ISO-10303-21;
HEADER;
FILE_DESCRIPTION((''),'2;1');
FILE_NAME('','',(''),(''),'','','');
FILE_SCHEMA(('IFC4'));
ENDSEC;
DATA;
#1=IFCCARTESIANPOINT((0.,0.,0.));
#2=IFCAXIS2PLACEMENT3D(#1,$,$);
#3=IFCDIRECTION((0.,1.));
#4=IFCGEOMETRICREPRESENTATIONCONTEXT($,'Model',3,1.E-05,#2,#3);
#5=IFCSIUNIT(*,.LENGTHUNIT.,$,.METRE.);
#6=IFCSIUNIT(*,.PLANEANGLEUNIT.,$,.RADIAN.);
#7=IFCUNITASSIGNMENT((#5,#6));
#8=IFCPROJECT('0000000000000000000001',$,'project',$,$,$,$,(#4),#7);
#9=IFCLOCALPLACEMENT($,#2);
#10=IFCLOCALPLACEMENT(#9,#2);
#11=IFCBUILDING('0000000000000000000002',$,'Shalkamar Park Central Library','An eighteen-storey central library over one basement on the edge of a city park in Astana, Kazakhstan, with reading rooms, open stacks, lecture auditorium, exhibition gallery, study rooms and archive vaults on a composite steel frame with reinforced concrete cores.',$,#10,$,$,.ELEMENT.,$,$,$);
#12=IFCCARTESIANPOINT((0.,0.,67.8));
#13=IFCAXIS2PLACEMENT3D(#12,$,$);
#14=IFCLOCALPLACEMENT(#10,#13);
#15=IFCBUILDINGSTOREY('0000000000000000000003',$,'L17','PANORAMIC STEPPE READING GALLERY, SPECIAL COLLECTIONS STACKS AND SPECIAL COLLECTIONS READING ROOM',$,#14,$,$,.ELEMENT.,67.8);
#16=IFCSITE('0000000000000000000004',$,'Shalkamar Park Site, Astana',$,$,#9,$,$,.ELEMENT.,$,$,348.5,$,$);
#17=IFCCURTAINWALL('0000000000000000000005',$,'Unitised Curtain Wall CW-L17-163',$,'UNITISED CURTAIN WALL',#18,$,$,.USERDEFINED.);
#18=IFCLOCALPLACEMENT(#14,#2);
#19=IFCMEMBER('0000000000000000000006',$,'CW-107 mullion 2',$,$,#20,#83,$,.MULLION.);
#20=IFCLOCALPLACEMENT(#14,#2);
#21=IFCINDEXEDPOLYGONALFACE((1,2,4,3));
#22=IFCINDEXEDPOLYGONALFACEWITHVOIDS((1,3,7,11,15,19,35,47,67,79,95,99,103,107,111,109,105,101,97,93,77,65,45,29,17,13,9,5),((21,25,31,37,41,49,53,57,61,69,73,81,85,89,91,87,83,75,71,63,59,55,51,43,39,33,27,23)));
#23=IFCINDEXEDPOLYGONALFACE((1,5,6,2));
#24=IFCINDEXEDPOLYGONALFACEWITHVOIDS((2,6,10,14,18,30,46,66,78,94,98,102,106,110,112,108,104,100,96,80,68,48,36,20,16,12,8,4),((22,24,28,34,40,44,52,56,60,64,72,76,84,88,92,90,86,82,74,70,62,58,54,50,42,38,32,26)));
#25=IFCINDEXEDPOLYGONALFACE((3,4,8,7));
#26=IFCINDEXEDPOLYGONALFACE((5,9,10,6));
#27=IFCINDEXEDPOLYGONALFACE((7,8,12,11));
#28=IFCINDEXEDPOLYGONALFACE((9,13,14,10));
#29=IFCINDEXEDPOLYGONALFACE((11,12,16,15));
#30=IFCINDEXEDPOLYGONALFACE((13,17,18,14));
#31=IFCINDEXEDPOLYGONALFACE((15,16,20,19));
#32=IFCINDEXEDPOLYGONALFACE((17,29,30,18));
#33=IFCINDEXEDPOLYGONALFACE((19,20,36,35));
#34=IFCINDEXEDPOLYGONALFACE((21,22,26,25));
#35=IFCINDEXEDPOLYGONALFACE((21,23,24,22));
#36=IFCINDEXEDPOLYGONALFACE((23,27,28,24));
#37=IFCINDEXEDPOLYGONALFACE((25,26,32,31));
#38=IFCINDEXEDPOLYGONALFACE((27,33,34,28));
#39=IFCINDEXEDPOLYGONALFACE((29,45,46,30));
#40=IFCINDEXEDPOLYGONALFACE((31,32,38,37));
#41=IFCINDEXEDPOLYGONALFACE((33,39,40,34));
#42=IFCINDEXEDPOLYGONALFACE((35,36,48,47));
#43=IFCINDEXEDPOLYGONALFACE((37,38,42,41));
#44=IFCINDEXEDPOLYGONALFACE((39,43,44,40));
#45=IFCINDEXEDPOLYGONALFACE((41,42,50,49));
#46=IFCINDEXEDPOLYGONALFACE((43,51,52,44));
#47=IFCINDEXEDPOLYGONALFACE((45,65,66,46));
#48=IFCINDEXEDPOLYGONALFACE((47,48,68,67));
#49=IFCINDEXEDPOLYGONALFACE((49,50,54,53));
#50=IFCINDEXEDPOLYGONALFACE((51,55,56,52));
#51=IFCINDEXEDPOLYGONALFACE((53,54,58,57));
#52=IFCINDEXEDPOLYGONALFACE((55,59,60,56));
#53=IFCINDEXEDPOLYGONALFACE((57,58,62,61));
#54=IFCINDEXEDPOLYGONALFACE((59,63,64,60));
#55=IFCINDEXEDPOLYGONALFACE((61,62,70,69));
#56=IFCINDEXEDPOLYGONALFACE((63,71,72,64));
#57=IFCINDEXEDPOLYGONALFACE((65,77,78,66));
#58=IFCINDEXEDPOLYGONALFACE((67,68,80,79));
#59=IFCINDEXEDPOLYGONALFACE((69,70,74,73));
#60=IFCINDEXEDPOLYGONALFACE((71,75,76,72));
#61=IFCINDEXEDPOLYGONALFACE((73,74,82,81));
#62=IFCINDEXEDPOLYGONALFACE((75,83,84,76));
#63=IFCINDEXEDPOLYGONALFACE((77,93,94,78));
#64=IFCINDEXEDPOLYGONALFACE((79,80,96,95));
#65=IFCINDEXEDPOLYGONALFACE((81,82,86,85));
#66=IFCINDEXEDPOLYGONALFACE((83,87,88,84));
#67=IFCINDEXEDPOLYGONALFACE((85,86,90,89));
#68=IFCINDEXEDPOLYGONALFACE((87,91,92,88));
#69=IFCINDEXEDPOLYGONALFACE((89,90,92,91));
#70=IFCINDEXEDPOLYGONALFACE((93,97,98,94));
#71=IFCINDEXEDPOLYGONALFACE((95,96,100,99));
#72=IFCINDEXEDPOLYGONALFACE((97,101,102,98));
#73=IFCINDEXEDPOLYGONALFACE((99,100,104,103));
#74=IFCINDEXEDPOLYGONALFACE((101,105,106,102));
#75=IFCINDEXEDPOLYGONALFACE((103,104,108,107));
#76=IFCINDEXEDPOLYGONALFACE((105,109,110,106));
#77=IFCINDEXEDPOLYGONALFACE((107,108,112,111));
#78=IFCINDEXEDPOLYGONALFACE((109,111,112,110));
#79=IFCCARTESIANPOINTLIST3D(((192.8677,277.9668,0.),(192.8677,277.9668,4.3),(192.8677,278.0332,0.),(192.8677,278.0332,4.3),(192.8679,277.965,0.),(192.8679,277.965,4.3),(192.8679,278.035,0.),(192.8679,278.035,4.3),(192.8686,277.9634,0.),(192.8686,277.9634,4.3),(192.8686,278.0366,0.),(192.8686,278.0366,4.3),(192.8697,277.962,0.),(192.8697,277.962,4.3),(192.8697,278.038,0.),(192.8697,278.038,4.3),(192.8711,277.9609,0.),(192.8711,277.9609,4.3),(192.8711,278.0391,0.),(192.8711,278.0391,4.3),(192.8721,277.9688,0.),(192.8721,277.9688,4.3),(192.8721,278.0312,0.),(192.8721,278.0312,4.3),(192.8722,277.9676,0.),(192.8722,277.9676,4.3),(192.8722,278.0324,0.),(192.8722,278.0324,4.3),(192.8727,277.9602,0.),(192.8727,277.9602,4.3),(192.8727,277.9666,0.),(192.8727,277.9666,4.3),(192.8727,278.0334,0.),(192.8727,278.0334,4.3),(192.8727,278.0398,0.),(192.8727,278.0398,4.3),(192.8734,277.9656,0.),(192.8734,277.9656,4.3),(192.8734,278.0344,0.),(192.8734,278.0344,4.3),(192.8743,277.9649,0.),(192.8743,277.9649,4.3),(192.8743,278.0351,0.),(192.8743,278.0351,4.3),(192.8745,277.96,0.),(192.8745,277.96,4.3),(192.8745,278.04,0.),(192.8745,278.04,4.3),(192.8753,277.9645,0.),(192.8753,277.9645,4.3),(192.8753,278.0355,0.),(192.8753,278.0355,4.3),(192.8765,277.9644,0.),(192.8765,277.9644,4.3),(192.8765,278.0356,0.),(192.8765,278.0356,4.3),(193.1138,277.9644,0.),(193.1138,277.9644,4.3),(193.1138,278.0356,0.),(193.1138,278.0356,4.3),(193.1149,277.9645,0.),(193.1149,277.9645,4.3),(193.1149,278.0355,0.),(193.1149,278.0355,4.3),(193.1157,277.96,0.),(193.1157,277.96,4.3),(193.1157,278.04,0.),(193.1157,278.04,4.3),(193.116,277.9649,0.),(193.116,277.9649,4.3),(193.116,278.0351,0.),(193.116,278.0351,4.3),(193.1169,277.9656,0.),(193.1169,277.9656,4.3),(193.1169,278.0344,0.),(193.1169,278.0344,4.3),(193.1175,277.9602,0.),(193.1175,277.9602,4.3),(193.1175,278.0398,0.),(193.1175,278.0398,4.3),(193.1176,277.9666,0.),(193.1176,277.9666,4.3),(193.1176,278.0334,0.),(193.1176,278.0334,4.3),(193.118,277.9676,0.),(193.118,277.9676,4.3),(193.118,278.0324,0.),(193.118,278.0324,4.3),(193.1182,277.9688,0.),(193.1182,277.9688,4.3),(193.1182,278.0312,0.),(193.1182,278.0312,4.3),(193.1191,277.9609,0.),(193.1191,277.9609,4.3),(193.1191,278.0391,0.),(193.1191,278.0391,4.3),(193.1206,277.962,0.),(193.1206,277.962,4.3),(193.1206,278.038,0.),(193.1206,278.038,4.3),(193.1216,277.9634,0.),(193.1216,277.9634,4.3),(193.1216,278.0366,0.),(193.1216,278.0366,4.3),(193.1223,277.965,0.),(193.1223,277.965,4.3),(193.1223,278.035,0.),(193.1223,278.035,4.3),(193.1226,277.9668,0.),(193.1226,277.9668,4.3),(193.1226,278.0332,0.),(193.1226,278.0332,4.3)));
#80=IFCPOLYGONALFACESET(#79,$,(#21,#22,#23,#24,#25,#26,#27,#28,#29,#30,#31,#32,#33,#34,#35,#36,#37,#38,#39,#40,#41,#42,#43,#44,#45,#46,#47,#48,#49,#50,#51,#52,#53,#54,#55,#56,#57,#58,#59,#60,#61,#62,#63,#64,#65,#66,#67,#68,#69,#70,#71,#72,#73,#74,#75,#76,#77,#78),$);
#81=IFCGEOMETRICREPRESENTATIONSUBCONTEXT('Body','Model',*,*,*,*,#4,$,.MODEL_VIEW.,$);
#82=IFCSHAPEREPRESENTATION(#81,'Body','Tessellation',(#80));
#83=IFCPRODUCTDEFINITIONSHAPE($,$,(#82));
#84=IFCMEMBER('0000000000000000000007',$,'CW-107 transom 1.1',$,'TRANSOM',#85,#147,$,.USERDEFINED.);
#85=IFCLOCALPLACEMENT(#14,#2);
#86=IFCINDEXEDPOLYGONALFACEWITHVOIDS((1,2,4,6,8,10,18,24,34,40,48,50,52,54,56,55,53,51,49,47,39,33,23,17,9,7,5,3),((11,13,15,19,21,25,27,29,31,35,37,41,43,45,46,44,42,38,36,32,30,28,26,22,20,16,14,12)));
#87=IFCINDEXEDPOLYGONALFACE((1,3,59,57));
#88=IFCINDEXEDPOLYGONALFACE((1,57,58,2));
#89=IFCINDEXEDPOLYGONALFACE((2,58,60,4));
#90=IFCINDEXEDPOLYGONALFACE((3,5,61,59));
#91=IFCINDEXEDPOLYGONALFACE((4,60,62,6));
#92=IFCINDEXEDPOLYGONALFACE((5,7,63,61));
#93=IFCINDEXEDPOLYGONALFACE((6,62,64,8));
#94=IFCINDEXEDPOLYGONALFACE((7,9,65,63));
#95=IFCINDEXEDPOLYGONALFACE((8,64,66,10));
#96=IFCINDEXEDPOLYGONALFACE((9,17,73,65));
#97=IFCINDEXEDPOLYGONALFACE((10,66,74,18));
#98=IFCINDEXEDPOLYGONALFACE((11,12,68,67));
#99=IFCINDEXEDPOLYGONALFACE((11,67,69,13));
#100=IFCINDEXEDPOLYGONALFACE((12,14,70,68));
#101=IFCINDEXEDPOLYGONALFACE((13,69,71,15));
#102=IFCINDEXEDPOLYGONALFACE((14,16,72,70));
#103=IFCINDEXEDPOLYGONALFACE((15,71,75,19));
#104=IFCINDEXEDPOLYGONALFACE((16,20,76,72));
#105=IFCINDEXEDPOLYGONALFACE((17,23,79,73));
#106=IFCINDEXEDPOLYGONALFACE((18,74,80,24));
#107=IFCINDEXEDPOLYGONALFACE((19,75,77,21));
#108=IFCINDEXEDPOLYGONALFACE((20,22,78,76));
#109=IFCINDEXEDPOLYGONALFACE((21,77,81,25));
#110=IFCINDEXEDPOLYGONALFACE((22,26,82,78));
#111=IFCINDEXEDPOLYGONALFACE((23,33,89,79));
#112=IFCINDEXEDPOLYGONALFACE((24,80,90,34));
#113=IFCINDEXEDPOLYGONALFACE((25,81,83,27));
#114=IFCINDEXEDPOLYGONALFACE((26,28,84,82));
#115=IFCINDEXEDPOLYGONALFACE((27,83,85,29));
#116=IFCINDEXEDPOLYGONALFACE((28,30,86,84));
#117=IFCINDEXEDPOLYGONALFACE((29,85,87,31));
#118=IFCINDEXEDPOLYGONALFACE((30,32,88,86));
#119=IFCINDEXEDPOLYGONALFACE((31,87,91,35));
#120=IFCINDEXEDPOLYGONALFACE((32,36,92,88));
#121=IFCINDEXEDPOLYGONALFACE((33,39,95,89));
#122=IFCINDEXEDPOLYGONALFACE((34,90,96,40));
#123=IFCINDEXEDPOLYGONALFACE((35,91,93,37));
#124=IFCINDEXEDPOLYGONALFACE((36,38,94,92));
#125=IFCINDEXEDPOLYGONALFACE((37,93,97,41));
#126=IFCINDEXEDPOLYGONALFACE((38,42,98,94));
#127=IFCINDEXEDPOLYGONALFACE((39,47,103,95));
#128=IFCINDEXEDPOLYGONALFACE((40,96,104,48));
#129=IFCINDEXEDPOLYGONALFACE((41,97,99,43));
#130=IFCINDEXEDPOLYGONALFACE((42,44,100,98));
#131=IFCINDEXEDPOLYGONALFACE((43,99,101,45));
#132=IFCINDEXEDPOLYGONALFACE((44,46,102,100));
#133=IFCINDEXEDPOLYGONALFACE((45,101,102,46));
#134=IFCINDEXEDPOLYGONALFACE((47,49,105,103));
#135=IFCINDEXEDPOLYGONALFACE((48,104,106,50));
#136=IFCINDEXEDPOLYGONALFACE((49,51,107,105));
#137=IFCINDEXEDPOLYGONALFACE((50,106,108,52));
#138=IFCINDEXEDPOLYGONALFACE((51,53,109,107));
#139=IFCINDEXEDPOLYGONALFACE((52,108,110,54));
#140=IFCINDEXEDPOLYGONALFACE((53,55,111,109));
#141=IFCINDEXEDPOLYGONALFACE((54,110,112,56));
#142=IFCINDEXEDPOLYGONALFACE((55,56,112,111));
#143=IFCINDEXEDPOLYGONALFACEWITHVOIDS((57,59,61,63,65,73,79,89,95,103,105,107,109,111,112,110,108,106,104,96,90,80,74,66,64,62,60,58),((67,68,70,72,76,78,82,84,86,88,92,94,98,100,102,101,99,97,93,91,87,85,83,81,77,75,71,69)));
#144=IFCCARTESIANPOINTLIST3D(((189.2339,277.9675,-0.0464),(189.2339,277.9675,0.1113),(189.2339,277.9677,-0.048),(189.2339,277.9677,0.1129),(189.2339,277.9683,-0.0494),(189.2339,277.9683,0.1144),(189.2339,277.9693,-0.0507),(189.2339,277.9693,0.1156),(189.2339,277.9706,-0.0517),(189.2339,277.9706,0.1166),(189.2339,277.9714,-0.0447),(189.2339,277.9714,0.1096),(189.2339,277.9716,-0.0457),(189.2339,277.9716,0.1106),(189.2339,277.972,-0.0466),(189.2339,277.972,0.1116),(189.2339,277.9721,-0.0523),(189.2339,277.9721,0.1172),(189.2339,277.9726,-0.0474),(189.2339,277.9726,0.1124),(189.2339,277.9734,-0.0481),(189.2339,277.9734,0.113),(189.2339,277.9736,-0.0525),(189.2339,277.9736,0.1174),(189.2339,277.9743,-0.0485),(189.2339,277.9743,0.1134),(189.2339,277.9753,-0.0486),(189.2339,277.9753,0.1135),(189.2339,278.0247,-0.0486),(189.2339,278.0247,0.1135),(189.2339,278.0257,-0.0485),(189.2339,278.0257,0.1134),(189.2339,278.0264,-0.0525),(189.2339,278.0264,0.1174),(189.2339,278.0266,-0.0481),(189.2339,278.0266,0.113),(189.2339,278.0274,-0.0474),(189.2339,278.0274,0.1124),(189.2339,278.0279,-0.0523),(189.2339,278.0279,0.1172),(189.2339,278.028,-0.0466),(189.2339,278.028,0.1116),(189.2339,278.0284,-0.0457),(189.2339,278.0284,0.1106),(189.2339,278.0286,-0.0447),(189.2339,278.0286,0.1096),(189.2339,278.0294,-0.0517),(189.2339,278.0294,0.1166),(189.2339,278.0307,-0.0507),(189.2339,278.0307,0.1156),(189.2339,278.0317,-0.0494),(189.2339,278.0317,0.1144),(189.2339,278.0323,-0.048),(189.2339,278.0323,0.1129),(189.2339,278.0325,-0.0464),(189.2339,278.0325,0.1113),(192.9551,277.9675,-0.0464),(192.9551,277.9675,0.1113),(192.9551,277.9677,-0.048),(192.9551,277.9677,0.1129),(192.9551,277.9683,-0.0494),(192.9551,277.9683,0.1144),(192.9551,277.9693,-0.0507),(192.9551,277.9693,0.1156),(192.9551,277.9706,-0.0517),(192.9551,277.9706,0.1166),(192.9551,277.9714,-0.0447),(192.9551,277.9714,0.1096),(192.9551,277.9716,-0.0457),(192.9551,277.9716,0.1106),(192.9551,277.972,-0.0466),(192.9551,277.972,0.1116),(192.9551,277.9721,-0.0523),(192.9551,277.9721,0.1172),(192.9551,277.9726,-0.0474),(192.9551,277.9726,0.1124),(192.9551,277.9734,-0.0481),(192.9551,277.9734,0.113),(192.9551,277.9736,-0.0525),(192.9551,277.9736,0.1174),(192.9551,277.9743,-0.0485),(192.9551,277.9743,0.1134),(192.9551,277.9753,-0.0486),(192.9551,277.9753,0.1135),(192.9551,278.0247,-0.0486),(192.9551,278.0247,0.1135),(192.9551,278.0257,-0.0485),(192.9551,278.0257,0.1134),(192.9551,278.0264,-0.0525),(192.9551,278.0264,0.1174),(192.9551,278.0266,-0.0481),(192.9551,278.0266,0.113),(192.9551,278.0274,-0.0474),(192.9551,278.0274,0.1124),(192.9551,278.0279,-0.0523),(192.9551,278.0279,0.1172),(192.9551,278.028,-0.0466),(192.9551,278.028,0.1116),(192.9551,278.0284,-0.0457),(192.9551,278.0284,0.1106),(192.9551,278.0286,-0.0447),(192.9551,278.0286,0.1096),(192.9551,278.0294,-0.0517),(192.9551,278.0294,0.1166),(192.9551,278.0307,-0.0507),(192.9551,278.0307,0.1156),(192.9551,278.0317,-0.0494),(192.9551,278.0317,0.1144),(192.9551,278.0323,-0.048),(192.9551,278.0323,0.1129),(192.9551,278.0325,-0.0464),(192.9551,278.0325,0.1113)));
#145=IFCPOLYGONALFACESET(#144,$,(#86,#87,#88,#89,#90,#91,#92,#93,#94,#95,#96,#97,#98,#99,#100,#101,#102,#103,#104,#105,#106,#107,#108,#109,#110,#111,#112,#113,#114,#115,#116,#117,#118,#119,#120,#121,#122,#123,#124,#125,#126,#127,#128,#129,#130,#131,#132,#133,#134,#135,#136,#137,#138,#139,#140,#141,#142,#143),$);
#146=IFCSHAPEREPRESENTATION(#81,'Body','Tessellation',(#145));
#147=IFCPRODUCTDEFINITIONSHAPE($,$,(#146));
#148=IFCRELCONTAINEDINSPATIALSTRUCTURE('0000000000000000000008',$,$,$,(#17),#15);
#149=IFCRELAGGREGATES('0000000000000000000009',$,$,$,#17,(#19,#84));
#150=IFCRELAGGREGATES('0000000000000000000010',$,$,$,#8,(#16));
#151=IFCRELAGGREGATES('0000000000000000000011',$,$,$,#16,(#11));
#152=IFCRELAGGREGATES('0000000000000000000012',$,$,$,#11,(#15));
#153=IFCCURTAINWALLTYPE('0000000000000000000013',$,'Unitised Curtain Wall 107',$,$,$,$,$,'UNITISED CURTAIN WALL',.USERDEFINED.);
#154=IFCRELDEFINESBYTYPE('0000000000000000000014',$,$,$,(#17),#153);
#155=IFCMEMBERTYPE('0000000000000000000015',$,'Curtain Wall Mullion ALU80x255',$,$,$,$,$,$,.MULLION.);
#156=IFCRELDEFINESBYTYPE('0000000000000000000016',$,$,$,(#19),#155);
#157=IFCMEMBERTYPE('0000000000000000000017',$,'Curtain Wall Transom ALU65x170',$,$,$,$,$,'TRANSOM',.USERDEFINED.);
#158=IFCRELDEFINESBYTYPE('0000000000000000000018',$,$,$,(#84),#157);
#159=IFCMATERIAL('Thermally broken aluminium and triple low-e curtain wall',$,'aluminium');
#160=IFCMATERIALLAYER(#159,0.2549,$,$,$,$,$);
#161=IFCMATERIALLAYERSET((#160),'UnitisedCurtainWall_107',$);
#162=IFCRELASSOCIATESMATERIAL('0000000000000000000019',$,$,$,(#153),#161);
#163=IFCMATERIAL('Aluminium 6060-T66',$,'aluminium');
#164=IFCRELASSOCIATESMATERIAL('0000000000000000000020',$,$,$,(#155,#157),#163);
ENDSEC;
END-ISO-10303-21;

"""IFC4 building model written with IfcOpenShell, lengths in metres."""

from ifc_helpers import new_model, si_unit, direction, frame, origin, origin_2d, place, context, subcontext, project, spatial, hollow_rectangle, extrude, material, layer, layer_set, material_profile, profile_set, type_object, element, aggregate, save


model = new_model("IFC4")

# Units and contexts
model_context = context("Model", 3, precision=1e-05, world=origin(), true_north=direction((0.0, 1.0)))
body_context = subcontext(model_context, "Body", "Model", "MODEL_VIEW")
ifc_project = project(units=[si_unit("LENGTHUNIT", "METRE"), si_unit("PLANEANGLEUNIT", "RADIAN")], contexts=[model_context])

# Site, building, storey
site_placement = place(None, origin())
site = spatial("IfcSite", under=ifc_project, at=site_placement, Name="Shalkamar Park Site, Astana", CompositionType="ELEMENT", RefElevation=348.5)
building_placement = place(site_placement, origin())
building = spatial("IfcBuilding", under=site, at=building_placement, Name="Shalkamar Park Central Library", Description="An eighteen-storey central library over one basement on the edge of a city park in Astana, Kazakhstan, with reading rooms, open stacks, lecture auditorium, exhibition gallery, study rooms and archive vaults on a composite steel frame with reinforced concrete cores.", CompositionType="ELEMENT")
storey_placement = place(building_placement, frame((0.0, 0.0, 67.8)))
storey = spatial("IfcBuildingStorey", under=building, at=storey_placement, Name="L17", Description="PANORAMIC STEPPE READING GALLERY, SPECIAL COLLECTIONS STACKS AND SPECIAL COLLECTIONS READING ROOM", CompositionType="ELEMENT", Elevation=67.8)

# Curtain wall, members
ifc_material_1 = material(Name="Thermally broken aluminium and triple low-e curtain wall", Category="aluminium")
ifc_layer_1 = layer(ifc_material_1, 0.2549)
ifc_layer_set_1 = layer_set([ifc_layer_1], Name="UnitisedCurtainWall_107")
curtain_wall_type = type_object("IfcCurtainWallType", Name="Unitised Curtain Wall 107", ElementType="UNITISED CURTAIN WALL", PredefinedType="USERDEFINED", material=ifc_layer_set_1)
curtain_wall_placement = place(storey_placement, origin())
curtain_wall = element("IfcCurtainWall", 1, at=curtain_wall_placement, inside=storey, type_object=curtain_wall_type, Name="Unitised Curtain Wall CW-L17-163", ObjectType="UNITISED CURTAIN WALL", PredefinedType="USERDEFINED")
ifc_material_2 = material(Name="Aluminium 6060-T66", Category="aluminium")
ifc_material_profile_1 = material_profile(ifc_material_2, hollow_rectangle(XDim=0.0801, YDim=0.2549, WallThickness=0.0044, InnerFilletRadius=0.0044, OuterFilletRadius=0.0068, at=origin_2d()), Name="ALU 80x255x4.5")
ifc_profile_set_1 = profile_set([ifc_material_profile_1], Name="Aluminium 6060-T66")
member_type_1 = type_object("IfcMemberType", Name="Curtain Wall Mullion ALU80x255", PredefinedType="MULLION", material=ifc_profile_set_1)
member_1_placement = place(storey_placement, frame((192.9951, 278.0, 0.0), z_axis=(0.0, 0.0, 1.0), x_axis=(0.0, 1.0, 0.0)))
member_1 = element("IfcMember", 2, at=member_1_placement, type_object=member_type_1, Name="CW-107 mullion 2", PredefinedType="MULLION", context=body_context, shape_type="SweptSolid", body=[
    extrude(hollow_rectangle(XDim=0.0801, YDim=0.2549, WallThickness=0.0044, InnerFilletRadius=0.0044, OuterFilletRadius=0.0068, at=origin_2d()), origin(), (0.0, 0.0, 1.0), 4.3),
])
ifc_material_profile_2 = material_profile(ifc_material_2, hollow_rectangle(XDim=0.0649, YDim=0.1699, WallThickness=0.0039, InnerFilletRadius=0.0039, OuterFilletRadius=0.0061, at=origin_2d()), Name="ALU 65x170x4")
ifc_profile_set_2 = profile_set([ifc_material_profile_2], Name="Aluminium 6060-T66")
member_type_2 = type_object("IfcMemberType", Name="Curtain Wall Transom ALU65x170", ElementType="TRANSOM", PredefinedType="USERDEFINED", material=ifc_profile_set_2)
member_2_placement = place(storey_placement, frame((189.2339, 278.0, 0.0325), z_axis=(1.0, 0.0, 0.0), x_axis=(0.0, 1.0, 0.0)))
member_2 = element("IfcMember", 3, at=member_2_placement, type_object=member_type_2, Name="CW-107 transom 1.1", ObjectType="TRANSOM", PredefinedType="USERDEFINED", context=body_context, shape_type="SweptSolid", body=[
    extrude(hollow_rectangle(XDim=0.0649, YDim=0.1699, WallThickness=0.0039, InnerFilletRadius=0.0039, OuterFilletRadius=0.0061, at=origin_2d()), origin(), (0.0, 0.0, 1.0), 3.7212),
])

aggregate(curtain_wall, [member_1, member_2])

save(model, "model.ifc")
